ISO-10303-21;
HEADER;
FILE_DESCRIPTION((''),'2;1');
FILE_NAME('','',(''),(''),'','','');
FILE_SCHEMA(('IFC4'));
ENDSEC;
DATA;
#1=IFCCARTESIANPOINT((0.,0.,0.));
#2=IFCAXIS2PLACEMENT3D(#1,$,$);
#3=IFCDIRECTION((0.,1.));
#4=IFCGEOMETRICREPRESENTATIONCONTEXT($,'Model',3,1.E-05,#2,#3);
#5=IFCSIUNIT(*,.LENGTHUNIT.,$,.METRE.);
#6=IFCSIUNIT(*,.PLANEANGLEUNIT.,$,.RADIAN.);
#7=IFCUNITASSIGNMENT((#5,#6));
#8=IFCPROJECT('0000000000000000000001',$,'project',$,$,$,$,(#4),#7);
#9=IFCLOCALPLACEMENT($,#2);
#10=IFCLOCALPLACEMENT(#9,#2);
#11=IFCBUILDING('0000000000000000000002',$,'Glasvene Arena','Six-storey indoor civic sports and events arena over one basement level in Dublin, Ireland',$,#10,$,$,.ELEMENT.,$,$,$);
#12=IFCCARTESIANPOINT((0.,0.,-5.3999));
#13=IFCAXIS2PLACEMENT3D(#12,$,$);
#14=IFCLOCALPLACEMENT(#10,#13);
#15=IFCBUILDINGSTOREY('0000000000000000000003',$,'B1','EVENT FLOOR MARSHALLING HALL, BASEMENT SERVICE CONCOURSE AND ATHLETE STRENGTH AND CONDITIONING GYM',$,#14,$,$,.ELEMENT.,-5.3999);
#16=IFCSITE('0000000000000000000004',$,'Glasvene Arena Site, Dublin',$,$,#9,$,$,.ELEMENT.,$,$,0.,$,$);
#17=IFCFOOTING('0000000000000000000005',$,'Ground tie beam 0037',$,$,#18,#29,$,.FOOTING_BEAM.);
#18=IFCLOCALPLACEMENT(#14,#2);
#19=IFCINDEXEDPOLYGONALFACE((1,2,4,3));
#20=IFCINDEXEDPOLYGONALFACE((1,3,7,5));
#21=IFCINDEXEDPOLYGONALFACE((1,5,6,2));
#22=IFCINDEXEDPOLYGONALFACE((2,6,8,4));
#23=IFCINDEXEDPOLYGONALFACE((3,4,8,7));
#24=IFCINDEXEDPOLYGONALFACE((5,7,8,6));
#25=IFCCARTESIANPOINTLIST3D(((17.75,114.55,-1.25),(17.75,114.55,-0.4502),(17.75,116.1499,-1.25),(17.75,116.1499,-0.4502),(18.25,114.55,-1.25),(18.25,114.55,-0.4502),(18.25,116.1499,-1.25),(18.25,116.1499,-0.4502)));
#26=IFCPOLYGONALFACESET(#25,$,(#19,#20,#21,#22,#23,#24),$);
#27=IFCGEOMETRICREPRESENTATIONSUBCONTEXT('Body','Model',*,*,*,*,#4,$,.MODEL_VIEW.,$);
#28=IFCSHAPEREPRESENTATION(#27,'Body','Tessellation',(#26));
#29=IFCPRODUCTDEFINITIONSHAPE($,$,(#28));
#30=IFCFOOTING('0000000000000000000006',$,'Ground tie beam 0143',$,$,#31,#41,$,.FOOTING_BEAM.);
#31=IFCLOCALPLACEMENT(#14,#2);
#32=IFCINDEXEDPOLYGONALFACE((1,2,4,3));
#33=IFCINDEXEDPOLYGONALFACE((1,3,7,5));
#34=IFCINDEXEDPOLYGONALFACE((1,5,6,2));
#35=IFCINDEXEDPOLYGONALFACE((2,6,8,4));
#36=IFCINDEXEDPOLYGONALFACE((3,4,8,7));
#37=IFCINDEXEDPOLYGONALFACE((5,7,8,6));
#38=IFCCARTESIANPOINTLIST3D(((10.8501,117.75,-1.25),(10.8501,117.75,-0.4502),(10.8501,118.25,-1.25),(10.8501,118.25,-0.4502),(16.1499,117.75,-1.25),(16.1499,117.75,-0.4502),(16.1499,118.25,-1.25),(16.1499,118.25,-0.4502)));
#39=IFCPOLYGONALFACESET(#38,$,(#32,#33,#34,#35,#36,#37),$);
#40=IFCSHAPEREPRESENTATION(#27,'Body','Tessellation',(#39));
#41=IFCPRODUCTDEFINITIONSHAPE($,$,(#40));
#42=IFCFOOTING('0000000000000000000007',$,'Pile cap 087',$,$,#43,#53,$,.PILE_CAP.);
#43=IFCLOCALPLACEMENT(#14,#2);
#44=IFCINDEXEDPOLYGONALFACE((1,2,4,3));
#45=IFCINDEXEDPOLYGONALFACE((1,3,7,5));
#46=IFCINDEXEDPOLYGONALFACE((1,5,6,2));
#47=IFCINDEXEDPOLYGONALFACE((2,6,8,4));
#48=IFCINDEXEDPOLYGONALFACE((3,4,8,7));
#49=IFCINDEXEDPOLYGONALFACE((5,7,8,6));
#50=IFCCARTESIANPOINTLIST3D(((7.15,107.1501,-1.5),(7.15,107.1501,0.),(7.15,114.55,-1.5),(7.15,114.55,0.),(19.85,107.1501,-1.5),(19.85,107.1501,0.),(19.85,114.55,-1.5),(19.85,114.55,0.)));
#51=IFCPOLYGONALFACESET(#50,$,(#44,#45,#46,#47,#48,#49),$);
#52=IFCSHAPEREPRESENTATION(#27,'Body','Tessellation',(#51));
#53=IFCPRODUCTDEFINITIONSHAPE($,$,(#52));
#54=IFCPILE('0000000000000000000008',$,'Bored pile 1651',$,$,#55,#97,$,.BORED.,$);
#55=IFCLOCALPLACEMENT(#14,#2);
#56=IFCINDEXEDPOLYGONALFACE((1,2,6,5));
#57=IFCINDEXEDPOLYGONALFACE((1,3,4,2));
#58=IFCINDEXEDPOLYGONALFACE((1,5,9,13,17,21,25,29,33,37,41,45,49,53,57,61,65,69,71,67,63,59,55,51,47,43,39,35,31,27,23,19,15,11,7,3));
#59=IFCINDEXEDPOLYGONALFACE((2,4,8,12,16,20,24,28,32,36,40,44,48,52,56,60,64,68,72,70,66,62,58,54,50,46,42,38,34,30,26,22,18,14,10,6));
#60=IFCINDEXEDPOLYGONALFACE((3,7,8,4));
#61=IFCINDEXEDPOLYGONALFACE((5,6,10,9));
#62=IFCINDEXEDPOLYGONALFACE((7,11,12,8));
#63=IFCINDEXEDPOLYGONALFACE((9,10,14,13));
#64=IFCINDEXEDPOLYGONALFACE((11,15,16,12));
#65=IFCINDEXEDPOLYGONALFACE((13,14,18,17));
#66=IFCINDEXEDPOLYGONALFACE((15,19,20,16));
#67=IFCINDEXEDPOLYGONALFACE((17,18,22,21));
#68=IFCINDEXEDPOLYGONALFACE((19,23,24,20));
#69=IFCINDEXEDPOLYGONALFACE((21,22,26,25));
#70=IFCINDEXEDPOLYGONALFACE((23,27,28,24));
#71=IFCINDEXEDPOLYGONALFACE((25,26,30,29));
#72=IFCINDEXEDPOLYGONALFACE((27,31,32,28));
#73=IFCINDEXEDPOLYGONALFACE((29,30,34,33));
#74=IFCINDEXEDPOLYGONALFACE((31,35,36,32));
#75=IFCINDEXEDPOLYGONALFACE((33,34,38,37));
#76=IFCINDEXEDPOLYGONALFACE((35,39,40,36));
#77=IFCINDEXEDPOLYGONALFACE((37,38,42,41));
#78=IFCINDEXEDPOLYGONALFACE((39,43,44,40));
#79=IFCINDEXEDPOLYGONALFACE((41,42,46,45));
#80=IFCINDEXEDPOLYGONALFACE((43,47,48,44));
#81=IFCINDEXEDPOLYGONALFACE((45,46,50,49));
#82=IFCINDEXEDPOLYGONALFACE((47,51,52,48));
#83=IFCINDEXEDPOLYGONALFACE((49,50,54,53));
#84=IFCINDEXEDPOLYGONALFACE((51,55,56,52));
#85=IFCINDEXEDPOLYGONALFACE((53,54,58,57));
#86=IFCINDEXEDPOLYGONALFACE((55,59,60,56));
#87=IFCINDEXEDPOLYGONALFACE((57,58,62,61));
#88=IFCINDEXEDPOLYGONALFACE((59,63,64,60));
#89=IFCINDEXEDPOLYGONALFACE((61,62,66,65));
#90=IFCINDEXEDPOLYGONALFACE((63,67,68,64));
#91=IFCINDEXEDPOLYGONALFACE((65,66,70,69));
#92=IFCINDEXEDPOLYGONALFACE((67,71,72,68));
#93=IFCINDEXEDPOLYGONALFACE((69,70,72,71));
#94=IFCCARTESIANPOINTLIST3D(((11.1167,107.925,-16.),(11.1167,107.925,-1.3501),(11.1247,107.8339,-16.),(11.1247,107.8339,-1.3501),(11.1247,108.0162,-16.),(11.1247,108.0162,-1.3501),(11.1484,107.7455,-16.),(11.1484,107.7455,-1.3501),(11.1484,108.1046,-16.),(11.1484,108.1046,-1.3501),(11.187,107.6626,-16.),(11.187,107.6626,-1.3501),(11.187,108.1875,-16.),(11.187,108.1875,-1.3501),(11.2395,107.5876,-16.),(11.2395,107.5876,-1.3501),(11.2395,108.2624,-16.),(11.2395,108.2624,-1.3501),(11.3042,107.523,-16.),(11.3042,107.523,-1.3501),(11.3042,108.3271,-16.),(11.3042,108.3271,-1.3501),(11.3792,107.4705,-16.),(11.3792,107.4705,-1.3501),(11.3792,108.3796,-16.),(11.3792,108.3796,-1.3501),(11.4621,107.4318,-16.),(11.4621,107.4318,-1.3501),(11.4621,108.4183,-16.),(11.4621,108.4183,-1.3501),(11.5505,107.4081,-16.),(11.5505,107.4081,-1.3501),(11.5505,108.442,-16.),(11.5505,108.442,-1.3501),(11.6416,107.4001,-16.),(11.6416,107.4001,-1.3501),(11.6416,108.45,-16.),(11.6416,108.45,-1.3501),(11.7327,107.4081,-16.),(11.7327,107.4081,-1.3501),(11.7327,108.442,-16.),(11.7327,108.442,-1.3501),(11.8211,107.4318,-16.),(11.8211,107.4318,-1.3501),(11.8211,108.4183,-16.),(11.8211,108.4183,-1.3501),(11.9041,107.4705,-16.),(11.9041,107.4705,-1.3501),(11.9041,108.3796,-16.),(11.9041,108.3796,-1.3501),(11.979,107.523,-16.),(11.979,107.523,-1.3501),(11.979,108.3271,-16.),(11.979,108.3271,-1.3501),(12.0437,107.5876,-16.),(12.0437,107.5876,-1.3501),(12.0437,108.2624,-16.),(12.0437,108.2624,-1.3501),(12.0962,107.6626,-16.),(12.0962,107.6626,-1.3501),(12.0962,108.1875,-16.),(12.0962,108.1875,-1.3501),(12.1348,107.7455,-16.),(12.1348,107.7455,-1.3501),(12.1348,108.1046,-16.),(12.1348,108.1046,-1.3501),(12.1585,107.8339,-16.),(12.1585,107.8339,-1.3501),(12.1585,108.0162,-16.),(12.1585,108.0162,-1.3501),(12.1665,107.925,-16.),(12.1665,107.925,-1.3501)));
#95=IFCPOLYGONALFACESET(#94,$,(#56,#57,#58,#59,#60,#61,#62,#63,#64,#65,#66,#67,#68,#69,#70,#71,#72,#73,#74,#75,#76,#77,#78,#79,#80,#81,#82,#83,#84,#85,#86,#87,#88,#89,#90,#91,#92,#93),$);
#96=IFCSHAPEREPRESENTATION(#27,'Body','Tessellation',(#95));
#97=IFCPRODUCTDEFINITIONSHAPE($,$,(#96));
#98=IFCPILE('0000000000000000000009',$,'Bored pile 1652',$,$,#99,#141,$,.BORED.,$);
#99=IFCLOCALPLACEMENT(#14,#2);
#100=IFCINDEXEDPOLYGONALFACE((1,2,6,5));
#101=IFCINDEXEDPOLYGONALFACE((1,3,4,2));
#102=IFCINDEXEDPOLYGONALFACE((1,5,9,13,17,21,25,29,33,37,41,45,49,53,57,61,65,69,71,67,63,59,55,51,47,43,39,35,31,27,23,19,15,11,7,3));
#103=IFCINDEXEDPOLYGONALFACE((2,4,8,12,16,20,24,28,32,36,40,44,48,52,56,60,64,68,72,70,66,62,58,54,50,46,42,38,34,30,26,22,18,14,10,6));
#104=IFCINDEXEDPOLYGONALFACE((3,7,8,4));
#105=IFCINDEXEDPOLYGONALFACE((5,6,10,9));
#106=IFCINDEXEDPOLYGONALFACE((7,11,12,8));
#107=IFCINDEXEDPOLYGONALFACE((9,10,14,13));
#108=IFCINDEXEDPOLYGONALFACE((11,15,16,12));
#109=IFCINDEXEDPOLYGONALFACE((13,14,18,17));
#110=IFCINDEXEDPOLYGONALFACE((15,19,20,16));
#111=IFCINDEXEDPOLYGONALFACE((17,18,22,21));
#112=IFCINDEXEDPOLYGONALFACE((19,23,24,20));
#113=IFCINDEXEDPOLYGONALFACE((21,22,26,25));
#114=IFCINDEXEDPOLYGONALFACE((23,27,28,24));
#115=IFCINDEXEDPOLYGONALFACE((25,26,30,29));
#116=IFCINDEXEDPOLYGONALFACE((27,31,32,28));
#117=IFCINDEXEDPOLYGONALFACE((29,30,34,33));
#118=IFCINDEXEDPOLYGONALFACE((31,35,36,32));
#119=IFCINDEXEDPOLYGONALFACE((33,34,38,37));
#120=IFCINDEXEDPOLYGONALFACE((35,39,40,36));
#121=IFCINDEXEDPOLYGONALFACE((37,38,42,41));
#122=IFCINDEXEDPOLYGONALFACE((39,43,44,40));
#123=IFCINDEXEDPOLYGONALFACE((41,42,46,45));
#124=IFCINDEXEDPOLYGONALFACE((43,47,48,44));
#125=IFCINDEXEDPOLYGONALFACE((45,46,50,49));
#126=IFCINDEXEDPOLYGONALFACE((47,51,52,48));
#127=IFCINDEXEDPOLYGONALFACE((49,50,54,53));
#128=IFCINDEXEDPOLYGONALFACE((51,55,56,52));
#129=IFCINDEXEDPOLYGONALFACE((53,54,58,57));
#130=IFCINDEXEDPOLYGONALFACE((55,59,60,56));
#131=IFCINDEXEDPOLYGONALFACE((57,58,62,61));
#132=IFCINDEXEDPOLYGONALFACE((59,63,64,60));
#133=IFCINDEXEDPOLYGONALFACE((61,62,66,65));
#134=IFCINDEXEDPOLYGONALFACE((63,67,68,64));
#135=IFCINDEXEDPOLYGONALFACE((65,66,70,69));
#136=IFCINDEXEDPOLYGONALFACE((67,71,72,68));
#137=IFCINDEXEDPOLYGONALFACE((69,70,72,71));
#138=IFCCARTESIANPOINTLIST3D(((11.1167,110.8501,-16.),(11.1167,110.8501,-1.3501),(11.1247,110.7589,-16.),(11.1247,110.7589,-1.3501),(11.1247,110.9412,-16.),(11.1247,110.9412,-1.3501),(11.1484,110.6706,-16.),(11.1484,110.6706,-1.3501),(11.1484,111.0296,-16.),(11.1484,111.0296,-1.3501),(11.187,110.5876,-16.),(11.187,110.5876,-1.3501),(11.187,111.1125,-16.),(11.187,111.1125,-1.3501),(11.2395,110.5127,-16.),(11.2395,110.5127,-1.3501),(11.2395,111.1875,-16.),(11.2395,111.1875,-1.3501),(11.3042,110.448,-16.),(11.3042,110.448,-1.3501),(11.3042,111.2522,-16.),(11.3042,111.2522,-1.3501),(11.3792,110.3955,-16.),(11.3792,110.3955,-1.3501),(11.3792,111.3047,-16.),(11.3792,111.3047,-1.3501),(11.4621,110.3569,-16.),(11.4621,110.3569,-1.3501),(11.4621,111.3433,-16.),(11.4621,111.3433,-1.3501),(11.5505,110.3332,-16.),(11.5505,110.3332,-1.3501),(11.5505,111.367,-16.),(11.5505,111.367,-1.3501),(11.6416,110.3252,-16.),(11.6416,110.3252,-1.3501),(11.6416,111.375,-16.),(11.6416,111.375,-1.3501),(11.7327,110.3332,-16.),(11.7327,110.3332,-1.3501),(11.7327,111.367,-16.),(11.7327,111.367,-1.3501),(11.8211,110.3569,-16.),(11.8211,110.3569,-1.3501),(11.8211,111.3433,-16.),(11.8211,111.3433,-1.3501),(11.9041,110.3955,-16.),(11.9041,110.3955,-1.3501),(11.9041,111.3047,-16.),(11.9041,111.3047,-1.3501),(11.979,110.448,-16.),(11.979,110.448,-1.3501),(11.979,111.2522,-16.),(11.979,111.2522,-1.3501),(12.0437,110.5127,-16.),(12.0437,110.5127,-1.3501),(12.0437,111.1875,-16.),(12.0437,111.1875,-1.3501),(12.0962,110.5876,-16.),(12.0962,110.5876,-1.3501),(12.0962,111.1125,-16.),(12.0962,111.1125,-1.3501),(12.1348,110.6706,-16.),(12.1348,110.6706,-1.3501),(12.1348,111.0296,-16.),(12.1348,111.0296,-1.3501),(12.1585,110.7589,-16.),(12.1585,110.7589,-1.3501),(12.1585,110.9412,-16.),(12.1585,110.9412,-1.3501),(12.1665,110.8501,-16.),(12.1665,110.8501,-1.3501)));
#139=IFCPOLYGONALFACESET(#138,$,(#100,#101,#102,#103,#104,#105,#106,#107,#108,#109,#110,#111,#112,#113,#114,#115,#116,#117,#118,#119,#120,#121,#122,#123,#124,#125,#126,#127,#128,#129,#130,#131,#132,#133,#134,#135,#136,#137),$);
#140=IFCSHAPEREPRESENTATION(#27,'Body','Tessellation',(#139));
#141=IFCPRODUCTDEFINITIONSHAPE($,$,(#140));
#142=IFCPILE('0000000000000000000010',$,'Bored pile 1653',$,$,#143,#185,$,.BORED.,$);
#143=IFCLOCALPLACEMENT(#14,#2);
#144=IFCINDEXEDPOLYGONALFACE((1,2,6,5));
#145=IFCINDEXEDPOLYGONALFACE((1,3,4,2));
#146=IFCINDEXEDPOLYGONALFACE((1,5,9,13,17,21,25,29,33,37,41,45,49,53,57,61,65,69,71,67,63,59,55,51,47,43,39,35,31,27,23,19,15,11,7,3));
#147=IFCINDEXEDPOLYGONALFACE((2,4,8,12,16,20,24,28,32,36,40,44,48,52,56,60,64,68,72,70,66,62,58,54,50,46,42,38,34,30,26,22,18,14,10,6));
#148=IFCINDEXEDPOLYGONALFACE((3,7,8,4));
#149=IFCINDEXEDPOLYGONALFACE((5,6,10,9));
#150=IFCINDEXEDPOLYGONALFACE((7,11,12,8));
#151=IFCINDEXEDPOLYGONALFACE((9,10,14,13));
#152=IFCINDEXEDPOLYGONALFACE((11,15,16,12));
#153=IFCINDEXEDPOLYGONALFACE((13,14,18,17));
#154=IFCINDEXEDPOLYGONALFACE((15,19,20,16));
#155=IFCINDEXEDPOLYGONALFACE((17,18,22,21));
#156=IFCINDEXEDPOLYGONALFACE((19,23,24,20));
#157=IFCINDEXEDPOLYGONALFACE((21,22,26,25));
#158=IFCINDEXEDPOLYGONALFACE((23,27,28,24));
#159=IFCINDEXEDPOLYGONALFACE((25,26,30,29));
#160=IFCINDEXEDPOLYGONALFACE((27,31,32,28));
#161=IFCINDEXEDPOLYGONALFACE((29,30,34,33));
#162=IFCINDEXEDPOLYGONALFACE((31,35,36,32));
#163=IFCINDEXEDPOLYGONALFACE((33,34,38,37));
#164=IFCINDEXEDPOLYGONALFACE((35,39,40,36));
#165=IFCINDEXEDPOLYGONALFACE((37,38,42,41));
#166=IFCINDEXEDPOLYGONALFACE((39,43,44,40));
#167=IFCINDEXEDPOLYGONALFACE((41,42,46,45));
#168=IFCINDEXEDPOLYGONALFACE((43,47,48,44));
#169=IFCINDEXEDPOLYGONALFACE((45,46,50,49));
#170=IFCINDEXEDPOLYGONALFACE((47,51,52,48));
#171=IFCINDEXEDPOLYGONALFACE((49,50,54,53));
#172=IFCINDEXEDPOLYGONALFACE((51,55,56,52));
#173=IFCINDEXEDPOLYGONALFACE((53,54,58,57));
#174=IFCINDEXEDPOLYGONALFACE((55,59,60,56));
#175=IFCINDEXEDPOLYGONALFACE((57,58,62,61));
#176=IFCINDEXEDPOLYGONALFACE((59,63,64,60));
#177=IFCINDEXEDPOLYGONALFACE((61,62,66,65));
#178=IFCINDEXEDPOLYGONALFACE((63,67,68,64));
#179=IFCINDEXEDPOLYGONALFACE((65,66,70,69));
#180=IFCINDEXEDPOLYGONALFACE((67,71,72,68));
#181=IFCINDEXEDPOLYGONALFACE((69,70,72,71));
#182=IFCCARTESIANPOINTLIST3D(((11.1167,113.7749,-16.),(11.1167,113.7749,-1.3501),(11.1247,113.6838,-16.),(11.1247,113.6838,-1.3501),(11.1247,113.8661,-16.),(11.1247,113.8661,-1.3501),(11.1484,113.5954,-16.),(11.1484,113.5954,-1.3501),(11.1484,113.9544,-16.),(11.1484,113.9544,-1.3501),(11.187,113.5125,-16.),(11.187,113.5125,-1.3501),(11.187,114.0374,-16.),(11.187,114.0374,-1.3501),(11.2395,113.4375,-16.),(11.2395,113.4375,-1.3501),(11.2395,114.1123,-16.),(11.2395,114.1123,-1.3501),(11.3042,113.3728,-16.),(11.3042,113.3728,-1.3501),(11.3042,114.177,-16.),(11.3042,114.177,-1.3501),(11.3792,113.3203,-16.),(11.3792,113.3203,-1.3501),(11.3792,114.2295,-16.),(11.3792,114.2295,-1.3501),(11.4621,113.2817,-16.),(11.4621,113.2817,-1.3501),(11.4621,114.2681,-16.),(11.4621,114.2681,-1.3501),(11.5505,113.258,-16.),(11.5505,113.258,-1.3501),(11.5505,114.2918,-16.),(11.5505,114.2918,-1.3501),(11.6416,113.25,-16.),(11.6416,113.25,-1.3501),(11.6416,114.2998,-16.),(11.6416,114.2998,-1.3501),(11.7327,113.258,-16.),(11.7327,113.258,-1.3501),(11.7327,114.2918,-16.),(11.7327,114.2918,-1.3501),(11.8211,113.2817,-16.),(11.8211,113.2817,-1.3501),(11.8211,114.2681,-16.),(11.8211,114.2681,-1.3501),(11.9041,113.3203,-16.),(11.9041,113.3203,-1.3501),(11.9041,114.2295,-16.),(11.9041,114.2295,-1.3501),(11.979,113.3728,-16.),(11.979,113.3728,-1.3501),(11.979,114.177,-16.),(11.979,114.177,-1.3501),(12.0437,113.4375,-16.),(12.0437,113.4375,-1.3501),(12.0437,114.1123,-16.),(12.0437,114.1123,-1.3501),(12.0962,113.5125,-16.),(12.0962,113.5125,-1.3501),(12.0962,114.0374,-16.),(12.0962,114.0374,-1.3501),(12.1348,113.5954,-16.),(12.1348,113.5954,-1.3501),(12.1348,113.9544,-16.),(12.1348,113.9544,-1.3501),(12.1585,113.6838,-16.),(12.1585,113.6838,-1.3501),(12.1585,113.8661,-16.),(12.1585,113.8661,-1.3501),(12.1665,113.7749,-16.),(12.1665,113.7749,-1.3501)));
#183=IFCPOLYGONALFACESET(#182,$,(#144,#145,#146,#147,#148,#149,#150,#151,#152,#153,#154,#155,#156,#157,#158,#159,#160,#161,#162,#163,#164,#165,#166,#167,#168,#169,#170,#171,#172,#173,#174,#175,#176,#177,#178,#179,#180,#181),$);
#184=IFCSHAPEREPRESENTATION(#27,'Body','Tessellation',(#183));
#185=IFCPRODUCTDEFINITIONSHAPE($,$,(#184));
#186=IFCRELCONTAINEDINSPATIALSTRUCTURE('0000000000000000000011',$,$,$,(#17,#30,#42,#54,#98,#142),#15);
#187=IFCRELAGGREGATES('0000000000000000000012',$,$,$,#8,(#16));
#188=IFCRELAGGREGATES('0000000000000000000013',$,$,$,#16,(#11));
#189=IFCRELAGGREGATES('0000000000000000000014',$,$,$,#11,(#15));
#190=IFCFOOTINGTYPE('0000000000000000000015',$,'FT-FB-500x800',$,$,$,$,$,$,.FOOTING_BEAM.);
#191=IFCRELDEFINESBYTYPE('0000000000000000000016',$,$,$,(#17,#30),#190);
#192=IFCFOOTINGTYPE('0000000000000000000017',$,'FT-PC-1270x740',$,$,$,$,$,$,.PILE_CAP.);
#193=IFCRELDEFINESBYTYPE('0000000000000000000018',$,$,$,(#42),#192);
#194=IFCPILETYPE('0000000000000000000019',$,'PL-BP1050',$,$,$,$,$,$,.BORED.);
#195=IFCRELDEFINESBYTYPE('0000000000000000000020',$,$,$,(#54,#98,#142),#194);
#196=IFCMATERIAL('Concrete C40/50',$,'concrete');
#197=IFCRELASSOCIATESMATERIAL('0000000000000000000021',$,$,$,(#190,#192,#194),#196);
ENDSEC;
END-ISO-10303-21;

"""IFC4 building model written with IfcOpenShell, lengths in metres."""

from ifc_helpers import new_model, si_unit, direction, frame, origin, origin_2d, place, context, subcontext, project, spatial, polyline, rectangle, circle, outline, extrude, material, material_profile, profile_set, type_object, element, save


model = new_model("IFC4")

# Units and contexts
model_context = context("Model", 3, precision=1e-05, world=origin(), true_north=direction((0.0, 1.0)))
body_context = subcontext(model_context, "Body", "Model", "MODEL_VIEW")
ifc_project = project(units=[si_unit("LENGTHUNIT", "METRE"), si_unit("PLANEANGLEUNIT", "RADIAN")], contexts=[model_context])

# Site, building, storey
site_placement = place(None, origin())
site = spatial("IfcSite", under=ifc_project, at=site_placement, Name="Glasvene Arena Site, Dublin", CompositionType="ELEMENT", RefElevation=0.0)
building_placement = place(site_placement, origin())
building = spatial("IfcBuilding", under=site, at=building_placement, Name="Glasvene Arena", Description="Six-storey indoor civic sports and events arena over one basement level in Dublin, Ireland", CompositionType="ELEMENT")
storey_placement = place(building_placement, frame((0.0, 0.0, -5.3999)))
storey = spatial("IfcBuildingStorey", under=building, at=storey_placement, Name="B1", Description="EVENT FLOOR MARSHALLING HALL, BASEMENT SERVICE CONCOURSE AND ATHLETE STRENGTH AND CONDITIONING GYM", CompositionType="ELEMENT", Elevation=-5.3999)

# Footings
ifc_material_1 = material(Name="Concrete C40/50", Category="concrete")
footing_type_1 = type_object("IfcFootingType", Name="FT-FB-500x800", PredefinedType="FOOTING_BEAM", material=ifc_material_1)
footing_1_placement = place(storey_placement, frame((18.0, 115.3501, -1.25)))
element("IfcFooting", 1, at=footing_1_placement, inside=storey, type_object=footing_type_1, Name="Ground tie beam 0037", PredefinedType="FOOTING_BEAM", context=body_context, shape_type="SweptSolid", body=[
    extrude(outline(polyline([(-0.25, -0.8), (0.25, -0.8), (0.25, 0.7998), (-0.25, 0.7998), (-0.25, -0.8)])), origin(), (0.0, 0.0, 1.0), 0.7998),
])
footing_2_placement = place(storey_placement, frame((13.5, 118.0, -1.25)))
element("IfcFooting", 2, at=footing_2_placement, inside=storey, type_object=footing_type_1, Name="Ground tie beam 0143", PredefinedType="FOOTING_BEAM", context=body_context, shape_type="SweptSolid", body=[
    extrude(outline(polyline([(-2.6499, -0.25), (2.6499, -0.25), (2.6499, 0.25), (-2.6499, 0.25), (-2.6499, -0.25)])), origin(), (0.0, 0.0, 1.0), 0.7998),
])
footing_type_2 = type_object("IfcFootingType", Name="FT-PC-1270x740", PredefinedType="PILE_CAP", material=ifc_material_1)
footing_3_placement = place(storey_placement, frame((13.5, 110.8501, -1.5), z_axis=(0.0, 0.0, 1.0), x_axis=(1.0, 0.0, 0.0)))
element("IfcFooting", 3, at=footing_3_placement, inside=storey, type_object=footing_type_2, Name="Pile cap 087", PredefinedType="PILE_CAP", context=body_context, shape_type="SweptSolid", body=[
    extrude(rectangle(XDim=12.7, YDim=7.3999, at=origin_2d()), origin(), (0.0, 0.0, 1.0), 1.5),
])

# Piles
ifc_material_profile_1 = material_profile(ifc_material_1, circle(Radius=0.5249, at=origin_2d()), Name="BORED PILE 1050")
ifc_profile_set_1 = profile_set([ifc_material_profile_1], Name="Concrete C40/50")
pile_type = type_object("IfcPileType", Name="PL-BP1050", PredefinedType="BORED", material=ifc_profile_set_1)
for number, where, z_axis, x_axis, name in (
    (4, (11.6416, 107.925, -1.3501), (0.0, 0.0, -1.0), (1.0, 0.0, 0.0), "Bored pile 1651"),
    (5, (11.6416, 110.8501, -1.3501), (0.0, 0.0, -1.0), (1.0, 0.0, 0.0), "Bored pile 1652"),
    (6, (11.6416, 113.7749, -1.3501), (0.0, 0.0, -1.0), (1.0, 0.0, 0.0), "Bored pile 1653"),
):
    element("IfcPile", number, at=place(storey_placement, frame(where, z_axis=z_axis, x_axis=x_axis)), inside=storey, type_object=pile_type, Name=name, PredefinedType="BORED", context=body_context, shape_type="SweptSolid", body=[
        extrude(circle(Radius=0.5249, at=origin_2d()), origin(), (0.0, 0.0, 1.0), 14.6499),
    ])

save(model, "model.ifc")
